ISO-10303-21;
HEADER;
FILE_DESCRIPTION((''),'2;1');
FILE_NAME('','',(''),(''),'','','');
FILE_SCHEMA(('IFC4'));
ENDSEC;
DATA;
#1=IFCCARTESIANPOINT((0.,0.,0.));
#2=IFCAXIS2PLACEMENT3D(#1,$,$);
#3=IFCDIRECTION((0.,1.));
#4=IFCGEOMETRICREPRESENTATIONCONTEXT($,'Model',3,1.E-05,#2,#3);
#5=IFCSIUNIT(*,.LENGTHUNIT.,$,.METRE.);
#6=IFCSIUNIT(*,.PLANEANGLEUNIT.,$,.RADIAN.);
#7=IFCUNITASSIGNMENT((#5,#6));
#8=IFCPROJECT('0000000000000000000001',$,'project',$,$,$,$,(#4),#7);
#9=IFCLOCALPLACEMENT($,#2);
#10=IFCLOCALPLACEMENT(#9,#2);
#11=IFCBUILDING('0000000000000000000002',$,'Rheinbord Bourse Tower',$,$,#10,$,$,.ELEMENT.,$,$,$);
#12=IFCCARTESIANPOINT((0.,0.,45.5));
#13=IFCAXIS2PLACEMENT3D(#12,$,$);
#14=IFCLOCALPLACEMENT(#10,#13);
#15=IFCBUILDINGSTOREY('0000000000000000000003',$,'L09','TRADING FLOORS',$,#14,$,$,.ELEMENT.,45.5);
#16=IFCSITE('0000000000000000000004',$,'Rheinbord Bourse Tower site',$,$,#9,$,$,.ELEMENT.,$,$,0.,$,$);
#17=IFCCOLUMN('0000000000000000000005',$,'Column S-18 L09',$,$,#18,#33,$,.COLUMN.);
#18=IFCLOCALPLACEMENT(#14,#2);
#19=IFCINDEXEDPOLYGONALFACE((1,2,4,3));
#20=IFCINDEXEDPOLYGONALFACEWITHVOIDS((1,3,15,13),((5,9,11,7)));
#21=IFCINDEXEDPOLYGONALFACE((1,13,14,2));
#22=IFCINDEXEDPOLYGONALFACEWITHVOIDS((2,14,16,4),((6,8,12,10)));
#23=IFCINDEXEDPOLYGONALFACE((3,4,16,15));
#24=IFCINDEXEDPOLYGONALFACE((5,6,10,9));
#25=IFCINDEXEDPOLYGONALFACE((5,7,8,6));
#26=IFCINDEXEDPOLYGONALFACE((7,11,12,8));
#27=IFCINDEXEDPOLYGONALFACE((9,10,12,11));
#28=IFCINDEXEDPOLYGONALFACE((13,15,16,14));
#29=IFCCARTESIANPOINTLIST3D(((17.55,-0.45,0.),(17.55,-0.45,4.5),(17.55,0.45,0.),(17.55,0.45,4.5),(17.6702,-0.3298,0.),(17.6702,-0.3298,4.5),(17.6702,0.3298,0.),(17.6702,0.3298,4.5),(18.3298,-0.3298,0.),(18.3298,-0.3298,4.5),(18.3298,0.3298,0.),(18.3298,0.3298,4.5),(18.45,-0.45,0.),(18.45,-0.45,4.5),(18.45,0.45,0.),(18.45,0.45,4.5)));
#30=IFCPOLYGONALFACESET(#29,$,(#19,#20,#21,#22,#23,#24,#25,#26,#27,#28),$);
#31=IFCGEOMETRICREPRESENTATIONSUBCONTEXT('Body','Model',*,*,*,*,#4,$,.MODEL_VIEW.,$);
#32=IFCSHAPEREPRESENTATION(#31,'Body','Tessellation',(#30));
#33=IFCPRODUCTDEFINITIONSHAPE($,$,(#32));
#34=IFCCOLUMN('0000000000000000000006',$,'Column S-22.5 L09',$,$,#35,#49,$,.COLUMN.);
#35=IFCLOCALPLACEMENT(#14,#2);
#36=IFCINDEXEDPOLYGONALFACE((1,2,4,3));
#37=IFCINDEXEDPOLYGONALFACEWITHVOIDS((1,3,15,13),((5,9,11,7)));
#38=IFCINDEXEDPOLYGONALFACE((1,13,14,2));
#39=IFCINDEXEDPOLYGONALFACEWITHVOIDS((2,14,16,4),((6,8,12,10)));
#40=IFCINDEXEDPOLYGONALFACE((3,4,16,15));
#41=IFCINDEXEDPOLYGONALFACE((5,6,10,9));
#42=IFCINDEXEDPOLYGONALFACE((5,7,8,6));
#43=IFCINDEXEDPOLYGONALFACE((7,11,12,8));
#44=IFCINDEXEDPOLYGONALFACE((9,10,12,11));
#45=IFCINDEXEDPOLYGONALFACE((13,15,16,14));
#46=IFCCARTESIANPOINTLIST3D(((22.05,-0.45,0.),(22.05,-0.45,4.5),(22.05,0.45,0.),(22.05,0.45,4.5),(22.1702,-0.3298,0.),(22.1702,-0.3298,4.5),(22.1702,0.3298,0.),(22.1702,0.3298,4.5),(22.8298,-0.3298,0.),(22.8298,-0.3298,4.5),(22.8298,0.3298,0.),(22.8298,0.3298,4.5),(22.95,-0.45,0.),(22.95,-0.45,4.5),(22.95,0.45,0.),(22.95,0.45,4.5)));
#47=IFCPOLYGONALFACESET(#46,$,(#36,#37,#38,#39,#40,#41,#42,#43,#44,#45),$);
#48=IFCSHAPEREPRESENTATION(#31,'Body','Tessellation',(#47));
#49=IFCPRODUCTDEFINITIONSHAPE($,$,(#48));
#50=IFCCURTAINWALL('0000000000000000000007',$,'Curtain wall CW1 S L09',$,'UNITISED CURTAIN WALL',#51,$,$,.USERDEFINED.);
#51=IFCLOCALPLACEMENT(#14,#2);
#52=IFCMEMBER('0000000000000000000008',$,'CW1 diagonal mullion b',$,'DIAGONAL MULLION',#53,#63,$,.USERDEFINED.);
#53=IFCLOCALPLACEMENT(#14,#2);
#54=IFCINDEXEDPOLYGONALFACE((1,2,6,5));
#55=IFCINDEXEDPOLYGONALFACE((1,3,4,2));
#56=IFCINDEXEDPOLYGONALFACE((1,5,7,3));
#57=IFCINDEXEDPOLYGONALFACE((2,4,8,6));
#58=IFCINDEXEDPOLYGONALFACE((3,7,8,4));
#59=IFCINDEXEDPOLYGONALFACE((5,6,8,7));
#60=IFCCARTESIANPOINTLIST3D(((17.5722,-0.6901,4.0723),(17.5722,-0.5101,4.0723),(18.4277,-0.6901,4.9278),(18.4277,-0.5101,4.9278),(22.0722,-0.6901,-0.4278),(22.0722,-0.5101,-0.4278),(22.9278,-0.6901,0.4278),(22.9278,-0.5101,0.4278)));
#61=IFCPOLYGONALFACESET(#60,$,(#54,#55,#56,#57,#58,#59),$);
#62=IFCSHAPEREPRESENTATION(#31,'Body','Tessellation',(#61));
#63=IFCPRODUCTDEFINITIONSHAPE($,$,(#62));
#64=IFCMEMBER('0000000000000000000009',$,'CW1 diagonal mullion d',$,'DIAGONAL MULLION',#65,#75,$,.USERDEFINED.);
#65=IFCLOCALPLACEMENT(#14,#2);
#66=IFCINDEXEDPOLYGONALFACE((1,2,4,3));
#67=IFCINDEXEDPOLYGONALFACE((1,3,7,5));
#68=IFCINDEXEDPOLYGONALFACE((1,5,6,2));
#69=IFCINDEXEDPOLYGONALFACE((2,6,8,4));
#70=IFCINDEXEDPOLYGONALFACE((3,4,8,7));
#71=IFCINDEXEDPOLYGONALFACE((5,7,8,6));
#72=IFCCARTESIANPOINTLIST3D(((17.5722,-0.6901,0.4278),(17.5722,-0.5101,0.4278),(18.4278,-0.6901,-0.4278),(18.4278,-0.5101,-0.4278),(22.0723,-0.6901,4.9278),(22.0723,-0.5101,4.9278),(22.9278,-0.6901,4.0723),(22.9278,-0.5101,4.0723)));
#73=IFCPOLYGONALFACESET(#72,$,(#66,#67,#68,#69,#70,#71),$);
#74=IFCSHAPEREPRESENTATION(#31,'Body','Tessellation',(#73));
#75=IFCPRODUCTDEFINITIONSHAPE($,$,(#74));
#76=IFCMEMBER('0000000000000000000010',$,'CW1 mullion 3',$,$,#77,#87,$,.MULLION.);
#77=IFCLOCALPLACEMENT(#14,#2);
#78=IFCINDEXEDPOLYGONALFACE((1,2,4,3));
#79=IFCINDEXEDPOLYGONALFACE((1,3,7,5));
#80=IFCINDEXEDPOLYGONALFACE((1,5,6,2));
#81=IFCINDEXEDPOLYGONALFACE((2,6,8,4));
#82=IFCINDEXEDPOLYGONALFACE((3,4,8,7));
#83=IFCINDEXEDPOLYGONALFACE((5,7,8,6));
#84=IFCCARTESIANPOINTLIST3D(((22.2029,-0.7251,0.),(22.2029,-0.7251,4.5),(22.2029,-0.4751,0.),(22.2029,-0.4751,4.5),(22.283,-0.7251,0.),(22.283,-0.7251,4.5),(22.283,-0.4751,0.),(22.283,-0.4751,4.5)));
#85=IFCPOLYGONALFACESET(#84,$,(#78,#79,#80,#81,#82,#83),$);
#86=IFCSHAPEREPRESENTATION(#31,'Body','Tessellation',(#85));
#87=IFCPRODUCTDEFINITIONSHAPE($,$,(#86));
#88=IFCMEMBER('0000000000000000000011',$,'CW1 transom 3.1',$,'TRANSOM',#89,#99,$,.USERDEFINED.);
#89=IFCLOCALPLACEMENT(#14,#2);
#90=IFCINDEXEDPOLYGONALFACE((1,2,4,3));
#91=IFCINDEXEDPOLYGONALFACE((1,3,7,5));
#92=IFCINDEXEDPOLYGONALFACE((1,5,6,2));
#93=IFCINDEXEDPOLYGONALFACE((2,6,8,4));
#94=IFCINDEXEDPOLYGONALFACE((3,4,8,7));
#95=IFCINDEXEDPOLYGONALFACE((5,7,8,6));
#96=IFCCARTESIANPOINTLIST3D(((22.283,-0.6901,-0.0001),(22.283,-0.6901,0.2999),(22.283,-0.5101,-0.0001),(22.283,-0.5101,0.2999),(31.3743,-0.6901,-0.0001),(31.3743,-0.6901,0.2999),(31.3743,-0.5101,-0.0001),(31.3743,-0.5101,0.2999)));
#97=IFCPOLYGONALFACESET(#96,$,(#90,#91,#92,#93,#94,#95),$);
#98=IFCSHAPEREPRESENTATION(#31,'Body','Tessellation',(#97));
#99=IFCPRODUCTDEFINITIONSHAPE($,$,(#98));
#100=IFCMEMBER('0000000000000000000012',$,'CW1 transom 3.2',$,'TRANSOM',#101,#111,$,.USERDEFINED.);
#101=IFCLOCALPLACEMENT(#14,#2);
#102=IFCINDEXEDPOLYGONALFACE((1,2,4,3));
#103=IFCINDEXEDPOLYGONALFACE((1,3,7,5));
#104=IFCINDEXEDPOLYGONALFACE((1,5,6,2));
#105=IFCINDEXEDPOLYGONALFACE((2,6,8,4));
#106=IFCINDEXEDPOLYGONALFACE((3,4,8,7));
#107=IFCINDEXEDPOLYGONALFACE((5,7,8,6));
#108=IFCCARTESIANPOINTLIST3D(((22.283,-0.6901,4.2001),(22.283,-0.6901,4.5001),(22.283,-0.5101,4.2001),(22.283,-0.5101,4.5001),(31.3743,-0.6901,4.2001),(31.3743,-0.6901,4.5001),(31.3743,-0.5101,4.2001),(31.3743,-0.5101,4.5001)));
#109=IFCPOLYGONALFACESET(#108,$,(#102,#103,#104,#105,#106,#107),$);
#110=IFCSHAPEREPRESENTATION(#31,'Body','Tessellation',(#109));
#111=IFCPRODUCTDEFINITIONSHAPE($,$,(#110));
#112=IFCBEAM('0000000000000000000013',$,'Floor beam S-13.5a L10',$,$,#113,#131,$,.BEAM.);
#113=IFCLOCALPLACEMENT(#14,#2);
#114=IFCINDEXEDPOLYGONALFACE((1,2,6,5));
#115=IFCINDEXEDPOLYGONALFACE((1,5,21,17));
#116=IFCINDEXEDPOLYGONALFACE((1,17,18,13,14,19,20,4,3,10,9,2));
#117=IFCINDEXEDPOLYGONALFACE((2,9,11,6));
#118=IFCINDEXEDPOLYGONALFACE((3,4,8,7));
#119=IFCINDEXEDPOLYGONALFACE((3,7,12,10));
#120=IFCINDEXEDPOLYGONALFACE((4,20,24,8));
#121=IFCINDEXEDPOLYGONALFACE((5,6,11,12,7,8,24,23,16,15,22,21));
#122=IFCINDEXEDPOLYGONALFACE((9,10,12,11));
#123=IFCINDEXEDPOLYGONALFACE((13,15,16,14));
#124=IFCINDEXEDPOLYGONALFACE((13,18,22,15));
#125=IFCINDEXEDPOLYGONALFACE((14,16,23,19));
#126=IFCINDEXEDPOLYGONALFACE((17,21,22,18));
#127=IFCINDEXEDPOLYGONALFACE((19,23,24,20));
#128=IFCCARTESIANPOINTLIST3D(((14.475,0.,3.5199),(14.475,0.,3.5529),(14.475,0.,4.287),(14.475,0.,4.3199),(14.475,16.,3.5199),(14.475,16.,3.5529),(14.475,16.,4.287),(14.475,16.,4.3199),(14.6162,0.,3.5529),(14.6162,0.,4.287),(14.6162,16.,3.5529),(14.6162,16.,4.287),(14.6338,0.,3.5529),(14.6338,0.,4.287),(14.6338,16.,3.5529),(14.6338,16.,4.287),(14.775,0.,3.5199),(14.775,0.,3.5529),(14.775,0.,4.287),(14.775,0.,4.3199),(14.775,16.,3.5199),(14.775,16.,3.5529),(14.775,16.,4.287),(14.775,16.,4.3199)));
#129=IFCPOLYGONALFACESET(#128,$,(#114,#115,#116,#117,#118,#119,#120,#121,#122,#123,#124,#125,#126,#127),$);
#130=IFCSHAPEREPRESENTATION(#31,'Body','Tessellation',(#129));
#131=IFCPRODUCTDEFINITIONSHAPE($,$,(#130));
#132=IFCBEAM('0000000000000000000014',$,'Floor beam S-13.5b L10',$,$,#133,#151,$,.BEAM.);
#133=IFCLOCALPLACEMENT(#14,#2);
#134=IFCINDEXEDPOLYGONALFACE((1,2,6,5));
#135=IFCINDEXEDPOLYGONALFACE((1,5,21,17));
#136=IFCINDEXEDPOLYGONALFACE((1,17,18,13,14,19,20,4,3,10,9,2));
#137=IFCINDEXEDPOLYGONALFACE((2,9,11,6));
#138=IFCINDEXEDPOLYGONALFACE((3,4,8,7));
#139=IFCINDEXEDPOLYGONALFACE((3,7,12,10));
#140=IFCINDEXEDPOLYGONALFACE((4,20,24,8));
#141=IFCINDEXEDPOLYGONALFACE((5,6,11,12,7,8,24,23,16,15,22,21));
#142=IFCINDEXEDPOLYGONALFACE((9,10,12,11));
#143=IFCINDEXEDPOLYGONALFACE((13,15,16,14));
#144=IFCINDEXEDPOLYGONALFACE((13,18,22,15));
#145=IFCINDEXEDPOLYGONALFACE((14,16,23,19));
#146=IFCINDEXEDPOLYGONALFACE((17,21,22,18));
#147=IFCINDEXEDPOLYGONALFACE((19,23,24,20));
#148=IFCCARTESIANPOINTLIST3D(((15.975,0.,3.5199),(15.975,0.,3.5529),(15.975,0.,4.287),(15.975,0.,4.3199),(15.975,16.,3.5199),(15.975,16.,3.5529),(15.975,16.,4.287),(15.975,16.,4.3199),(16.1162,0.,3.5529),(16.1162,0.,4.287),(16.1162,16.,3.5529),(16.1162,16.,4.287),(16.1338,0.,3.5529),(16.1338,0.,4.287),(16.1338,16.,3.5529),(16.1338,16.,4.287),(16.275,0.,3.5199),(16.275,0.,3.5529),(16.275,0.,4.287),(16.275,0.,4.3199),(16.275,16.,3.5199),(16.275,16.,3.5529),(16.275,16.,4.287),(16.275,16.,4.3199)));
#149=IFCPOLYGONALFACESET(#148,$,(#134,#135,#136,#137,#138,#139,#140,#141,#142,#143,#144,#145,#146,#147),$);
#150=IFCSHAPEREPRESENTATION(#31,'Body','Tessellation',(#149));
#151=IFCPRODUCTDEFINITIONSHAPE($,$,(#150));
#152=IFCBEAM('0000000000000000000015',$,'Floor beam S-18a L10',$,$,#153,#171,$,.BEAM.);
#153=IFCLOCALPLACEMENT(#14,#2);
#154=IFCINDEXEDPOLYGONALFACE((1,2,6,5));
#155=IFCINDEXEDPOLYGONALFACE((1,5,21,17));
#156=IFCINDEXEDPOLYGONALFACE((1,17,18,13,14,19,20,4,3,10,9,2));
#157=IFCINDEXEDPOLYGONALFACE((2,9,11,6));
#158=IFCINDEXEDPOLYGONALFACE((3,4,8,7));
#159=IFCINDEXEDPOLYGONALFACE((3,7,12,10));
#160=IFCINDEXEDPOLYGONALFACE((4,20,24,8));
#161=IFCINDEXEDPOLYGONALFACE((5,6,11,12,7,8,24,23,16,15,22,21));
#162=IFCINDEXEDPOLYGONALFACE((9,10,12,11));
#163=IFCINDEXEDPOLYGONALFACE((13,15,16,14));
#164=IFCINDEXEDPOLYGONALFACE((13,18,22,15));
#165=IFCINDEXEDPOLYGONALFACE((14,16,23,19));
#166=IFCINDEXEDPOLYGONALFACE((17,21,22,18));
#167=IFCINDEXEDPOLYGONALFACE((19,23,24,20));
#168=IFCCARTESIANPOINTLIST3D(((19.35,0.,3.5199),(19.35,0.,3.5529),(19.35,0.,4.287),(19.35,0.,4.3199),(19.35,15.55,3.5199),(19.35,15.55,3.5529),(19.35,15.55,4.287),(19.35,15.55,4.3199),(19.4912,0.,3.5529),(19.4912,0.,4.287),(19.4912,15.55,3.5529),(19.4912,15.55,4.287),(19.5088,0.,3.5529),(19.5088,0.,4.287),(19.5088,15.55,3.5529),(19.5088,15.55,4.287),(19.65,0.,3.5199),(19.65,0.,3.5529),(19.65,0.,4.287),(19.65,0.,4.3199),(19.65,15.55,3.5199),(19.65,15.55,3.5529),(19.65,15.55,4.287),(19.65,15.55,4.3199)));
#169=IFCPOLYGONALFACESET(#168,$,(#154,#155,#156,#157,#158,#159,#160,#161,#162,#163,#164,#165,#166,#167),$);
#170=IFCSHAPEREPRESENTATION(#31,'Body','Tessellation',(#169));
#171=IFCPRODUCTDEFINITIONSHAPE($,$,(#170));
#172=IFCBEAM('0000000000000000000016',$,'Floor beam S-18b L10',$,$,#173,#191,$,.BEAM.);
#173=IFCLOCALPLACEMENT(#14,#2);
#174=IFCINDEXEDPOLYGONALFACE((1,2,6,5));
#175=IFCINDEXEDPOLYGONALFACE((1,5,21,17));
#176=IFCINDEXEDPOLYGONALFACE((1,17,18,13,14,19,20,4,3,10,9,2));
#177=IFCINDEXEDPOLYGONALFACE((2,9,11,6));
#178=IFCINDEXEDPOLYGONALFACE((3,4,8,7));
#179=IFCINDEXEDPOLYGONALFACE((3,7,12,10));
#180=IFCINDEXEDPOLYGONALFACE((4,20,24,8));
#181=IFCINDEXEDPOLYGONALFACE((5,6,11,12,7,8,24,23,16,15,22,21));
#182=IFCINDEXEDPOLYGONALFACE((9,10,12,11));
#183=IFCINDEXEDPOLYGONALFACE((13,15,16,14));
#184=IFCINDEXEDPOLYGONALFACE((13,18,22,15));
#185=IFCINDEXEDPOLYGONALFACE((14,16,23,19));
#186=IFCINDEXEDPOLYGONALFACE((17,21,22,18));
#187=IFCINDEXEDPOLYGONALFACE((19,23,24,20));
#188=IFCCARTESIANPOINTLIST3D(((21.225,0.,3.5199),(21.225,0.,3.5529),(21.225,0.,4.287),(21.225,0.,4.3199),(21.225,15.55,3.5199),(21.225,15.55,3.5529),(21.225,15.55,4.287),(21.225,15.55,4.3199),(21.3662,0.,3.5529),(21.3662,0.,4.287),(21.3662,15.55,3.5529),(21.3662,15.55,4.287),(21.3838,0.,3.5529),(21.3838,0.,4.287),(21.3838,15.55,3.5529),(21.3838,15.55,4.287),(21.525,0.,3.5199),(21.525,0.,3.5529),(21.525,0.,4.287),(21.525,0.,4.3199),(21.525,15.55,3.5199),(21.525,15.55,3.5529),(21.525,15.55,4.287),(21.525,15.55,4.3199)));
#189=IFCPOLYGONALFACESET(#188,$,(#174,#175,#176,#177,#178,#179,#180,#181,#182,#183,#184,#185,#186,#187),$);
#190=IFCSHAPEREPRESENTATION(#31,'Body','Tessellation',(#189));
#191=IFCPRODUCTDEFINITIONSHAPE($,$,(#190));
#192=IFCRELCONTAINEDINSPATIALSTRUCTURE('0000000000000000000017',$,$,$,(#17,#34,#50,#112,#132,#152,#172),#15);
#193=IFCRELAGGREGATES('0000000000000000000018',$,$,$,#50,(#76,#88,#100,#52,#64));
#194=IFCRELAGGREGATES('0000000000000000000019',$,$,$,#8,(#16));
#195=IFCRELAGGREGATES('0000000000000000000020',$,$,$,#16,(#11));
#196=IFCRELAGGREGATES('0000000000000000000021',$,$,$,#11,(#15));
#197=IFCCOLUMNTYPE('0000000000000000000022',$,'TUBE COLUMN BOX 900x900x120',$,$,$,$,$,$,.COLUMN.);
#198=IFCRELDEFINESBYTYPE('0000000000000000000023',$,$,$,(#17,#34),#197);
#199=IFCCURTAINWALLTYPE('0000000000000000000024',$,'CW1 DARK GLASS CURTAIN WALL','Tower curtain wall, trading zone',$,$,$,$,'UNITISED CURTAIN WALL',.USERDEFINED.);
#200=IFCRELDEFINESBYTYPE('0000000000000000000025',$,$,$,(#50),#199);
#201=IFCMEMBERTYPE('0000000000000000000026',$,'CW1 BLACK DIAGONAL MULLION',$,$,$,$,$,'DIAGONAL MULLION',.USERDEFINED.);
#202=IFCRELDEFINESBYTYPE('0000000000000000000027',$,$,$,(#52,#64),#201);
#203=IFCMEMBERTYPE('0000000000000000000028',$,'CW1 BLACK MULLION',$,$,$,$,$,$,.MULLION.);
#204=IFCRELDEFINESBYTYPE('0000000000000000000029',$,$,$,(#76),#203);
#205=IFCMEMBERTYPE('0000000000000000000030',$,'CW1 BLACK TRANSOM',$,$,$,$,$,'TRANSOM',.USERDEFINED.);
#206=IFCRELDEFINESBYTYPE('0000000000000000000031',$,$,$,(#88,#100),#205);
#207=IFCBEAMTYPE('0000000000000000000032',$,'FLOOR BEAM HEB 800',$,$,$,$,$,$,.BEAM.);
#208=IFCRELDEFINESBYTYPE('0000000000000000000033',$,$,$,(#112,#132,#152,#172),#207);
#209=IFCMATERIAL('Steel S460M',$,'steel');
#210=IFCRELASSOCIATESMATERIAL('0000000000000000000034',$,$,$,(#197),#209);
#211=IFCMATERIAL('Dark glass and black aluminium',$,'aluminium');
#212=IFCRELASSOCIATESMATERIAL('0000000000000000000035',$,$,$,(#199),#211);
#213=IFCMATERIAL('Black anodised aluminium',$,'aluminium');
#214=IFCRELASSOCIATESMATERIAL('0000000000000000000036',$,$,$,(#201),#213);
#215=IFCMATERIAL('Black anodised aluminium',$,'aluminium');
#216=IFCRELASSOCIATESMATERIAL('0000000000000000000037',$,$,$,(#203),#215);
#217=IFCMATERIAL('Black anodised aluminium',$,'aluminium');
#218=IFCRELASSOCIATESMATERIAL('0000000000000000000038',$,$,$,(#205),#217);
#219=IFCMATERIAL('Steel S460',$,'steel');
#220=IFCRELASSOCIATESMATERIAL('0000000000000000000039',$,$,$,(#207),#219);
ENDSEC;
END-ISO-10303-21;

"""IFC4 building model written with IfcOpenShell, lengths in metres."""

from ifc_helpers import new_model, si_unit, direction, frame, origin, origin_2d, place, context, subcontext, project, spatial, rectangle, hollow_rectangle, i_section, extrude, material, material_profile, profile_set, type_object, element, aggregate, save


model = new_model("IFC4")

# Units and contexts
model_context = context("Model", 3, precision=1e-05, world=origin(), true_north=direction((0.0, 1.0)))
body_context = subcontext(model_context, "Body", "Model", "MODEL_VIEW")
ifc_project = project(units=[si_unit("LENGTHUNIT", "METRE"), si_unit("PLANEANGLEUNIT", "RADIAN")], contexts=[model_context])

# Site, building, storey
site_placement = place(None, origin())
site = spatial("IfcSite", under=ifc_project, at=site_placement, Name="Rheinbord Bourse Tower site", CompositionType="ELEMENT", RefElevation=0.0)
building_placement = place(site_placement, origin())
building = spatial("IfcBuilding", under=site, at=building_placement, Name="Rheinbord Bourse Tower", CompositionType="ELEMENT")
storey_placement = place(building_placement, frame((0.0, 0.0, 45.5)))
storey = spatial("IfcBuildingStorey", under=building, at=storey_placement, Name="L09", Description="TRADING FLOORS", CompositionType="ELEMENT", Elevation=45.5)

# Columns
ifc_material_1 = material(Name="Steel S460M", Category="steel")
ifc_material_profile_1 = material_profile(ifc_material_1, hollow_rectangle(XDim=0.8999, YDim=0.8999, WallThickness=0.1201, at=origin_2d()), Name="BOX 900x900x120")
ifc_profile_set_1 = profile_set([ifc_material_profile_1], Name="Steel S460M")
column_type = type_object("IfcColumnType", Name="TUBE COLUMN BOX 900x900x120", PredefinedType="COLUMN", material=ifc_profile_set_1)
for number, where, z_axis, x_axis, name in (
    (1, (18.0, 0.0, 0.0), (0.0, 0.0, 1.0), (0.0, 1.0, 0.0), "Column S-18 L09"),
    (2, (22.5, 0.0, 0.0), (0.0, 0.0, 1.0), (0.0, 1.0, 0.0), "Column S-22.5 L09"),
):
    element("IfcColumn", number, at=place(storey_placement, frame(where, z_axis=z_axis, x_axis=x_axis)), inside=storey, type_object=column_type, Name=name, PredefinedType="COLUMN", context=body_context, shape_type="SweptSolid", body=[
        extrude(hollow_rectangle(XDim=0.8999, YDim=0.8999, WallThickness=0.1201, at=origin_2d()), origin(), (0.0, 0.0, 1.0), 4.5),
    ])

# Curtain wall, members
ifc_material_2 = material(Name="Dark glass and black aluminium", Category="aluminium")
curtain_wall_type = type_object("IfcCurtainWallType", Name="CW1 DARK GLASS CURTAIN WALL", Description="Tower curtain wall, trading zone", ElementType="UNITISED CURTAIN WALL", PredefinedType="USERDEFINED", material=ifc_material_2)
curtain_wall_placement = place(storey_placement, origin())
curtain_wall = element("IfcCurtainWall", 3, at=curtain_wall_placement, inside=storey, type_object=curtain_wall_type, Name="Curtain wall CW1 S L09", ObjectType="UNITISED CURTAIN WALL", PredefinedType="USERDEFINED")
ifc_material_3 = material(Name="Black anodised aluminium", Category="aluminium")
ifc_material_profile_2 = material_profile(ifc_material_3, rectangle(XDim=0.1799, YDim=1.21, at=origin_2d()), Name="CW1 DIAGONAL MULLION 1210x180")
ifc_profile_set_2 = profile_set([ifc_material_profile_2], Name="Black anodised aluminium")
member_type_1 = type_object("IfcMemberType", Name="CW1 BLACK DIAGONAL MULLION", ElementType="DIAGONAL MULLION", PredefinedType="USERDEFINED", material=ifc_profile_set_2)
member_1_placement = place(storey_placement, frame((22.5, -0.6001, 0.0), z_axis=(-0.707107, 0.0, 0.707107), x_axis=(0.0, -1.0, 0.0)))
member_1 = element("IfcMember", 4, at=member_1_placement, type_object=member_type_1, Name="CW1 diagonal mullion b", ObjectType="DIAGONAL MULLION", PredefinedType="USERDEFINED", context=body_context, shape_type="SweptSolid", body=[
    extrude(rectangle(XDim=0.1799, YDim=1.21, at=origin_2d()), origin(), (0.0, 0.0, 1.0), 6.364),
])
member_2_placement = place(storey_placement, frame((18.0, -0.6001, 0.0), z_axis=(0.707107, 0.0, 0.707107), x_axis=(0.0, 1.0, 0.0)))
member_2 = element("IfcMember", 5, at=member_2_placement, type_object=member_type_1, Name="CW1 diagonal mullion d", ObjectType="DIAGONAL MULLION", PredefinedType="USERDEFINED", context=body_context, shape_type="SweptSolid", body=[
    extrude(rectangle(XDim=0.1799, YDim=1.21, at=origin_2d()), origin(), (0.0, 0.0, 1.0), 6.364),
])
ifc_material_4 = material(Name="Black anodised aluminium", Category="aluminium")
ifc_material_profile_3 = material_profile(ifc_material_4, rectangle(XDim=0.25, YDim=0.0801, at=origin_2d()), Name="CW1 MULLION 80x250")
ifc_profile_set_3 = profile_set([ifc_material_profile_3], Name="Black anodised aluminium")
member_type_2 = type_object("IfcMemberType", Name="CW1 BLACK MULLION", PredefinedType="MULLION", material=ifc_profile_set_3)
member_3_placement = place(storey_placement, frame((22.2429, -0.6001, 0.0), z_axis=(0.0, 0.0, 1.0), x_axis=(0.0, 1.0, 0.0)))
member_3 = element("IfcMember", 6, at=member_3_placement, type_object=member_type_2, Name="CW1 mullion 3", PredefinedType="MULLION", context=body_context, shape_type="SweptSolid", body=[
    extrude(rectangle(XDim=0.25, YDim=0.0801, at=origin_2d()), origin(), (0.0, 0.0, 1.0), 4.5),
])
ifc_material_5 = material(Name="Black anodised aluminium", Category="aluminium")
ifc_material_profile_4 = material_profile(ifc_material_5, rectangle(XDim=0.1799, YDim=0.3, at=origin_2d()), Name="CW1 TRANSOM 300x180")
ifc_profile_set_4 = profile_set([ifc_material_profile_4], Name="Black anodised aluminium")
member_type_3 = type_object("IfcMemberType", Name="CW1 BLACK TRANSOM", ElementType="TRANSOM", PredefinedType="USERDEFINED", material=ifc_profile_set_4)
member_4_placement = place(storey_placement, frame((22.283, -0.6001, 0.1499), z_axis=(1.0, 0.0, 0.0), x_axis=(0.0, 1.0, 0.0)))
member_4 = element("IfcMember", 7, at=member_4_placement, type_object=member_type_3, Name="CW1 transom 3.1", ObjectType="TRANSOM", PredefinedType="USERDEFINED", context=body_context, shape_type="SweptSolid", body=[
    extrude(rectangle(XDim=0.1799, YDim=0.3, at=origin_2d()), origin(), (0.0, 0.0, 1.0), 9.0913),
])
member_5_placement = place(storey_placement, frame((22.283, -0.6001, 4.3501), z_axis=(1.0, 0.0, 0.0), x_axis=(0.0, 1.0, 0.0)))
member_5 = element("IfcMember", 8, at=member_5_placement, type_object=member_type_3, Name="CW1 transom 3.2", ObjectType="TRANSOM", PredefinedType="USERDEFINED", context=body_context, shape_type="SweptSolid", body=[
    extrude(rectangle(XDim=0.1799, YDim=0.3, at=origin_2d()), origin(), (0.0, 0.0, 1.0), 9.0913),
])

# Beams
ifc_material_6 = material(Name="Steel S460", Category="steel")
ifc_material_profile_5 = material_profile(ifc_material_6, i_section(OverallWidth=0.3, OverallDepth=0.8, WebThickness=0.0176, FlangeThickness=0.033, at=origin_2d()), Name="HEB 800")
ifc_profile_set_5 = profile_set([ifc_material_profile_5], Name="Steel S460")
beam_type_1 = type_object("IfcBeamType", Name="FLOOR BEAM HEB 800", PredefinedType="BEAM", material=ifc_profile_set_5)
for number, where, z_axis, x_axis, name in (
    (9, (14.625, 0.0, 3.9199), (0.0, 1.0, 0.0), (-1.0, 0.0, 0.0), "Floor beam S-13.5a L10"),
    (10, (16.125, 0.0, 3.9199), (0.0, 1.0, 0.0), (-1.0, 0.0, 0.0), "Floor beam S-13.5b L10"),
):
    element("IfcBeam", number, at=place(storey_placement, frame(where, z_axis=z_axis, x_axis=x_axis)), inside=storey, type_object=beam_type_1, Name=name, PredefinedType="BEAM", context=body_context, shape_type="SweptSolid", body=[
        extrude(i_section(OverallWidth=0.3, OverallDepth=0.8, WebThickness=0.0176, FlangeThickness=0.033, at=origin_2d()), origin(), (0.0, 0.0, 1.0), 16.0),
    ])
for number, where, z_axis, x_axis, name in (
    (11, (19.5, 0.0, 3.9199), (0.0, 1.0, 0.0), (-1.0, 0.0, 0.0), "Floor beam S-18a L10"),
    (12, (21.375, 0.0, 3.9199), (0.0, 1.0, 0.0), (-1.0, 0.0, 0.0), "Floor beam S-18b L10"),
):
    element("IfcBeam", number, at=place(storey_placement, frame(where, z_axis=z_axis, x_axis=x_axis)), inside=storey, type_object=beam_type_1, Name=name, PredefinedType="BEAM", context=body_context, shape_type="SweptSolid", body=[
        extrude(i_section(OverallWidth=0.3, OverallDepth=0.8, WebThickness=0.0176, FlangeThickness=0.033, at=origin_2d()), origin(), (0.0, 0.0, 1.0), 15.55),
    ])

aggregate(curtain_wall, [member_3, member_4, member_5, member_1, member_2])

save(model, "model.ifc")
